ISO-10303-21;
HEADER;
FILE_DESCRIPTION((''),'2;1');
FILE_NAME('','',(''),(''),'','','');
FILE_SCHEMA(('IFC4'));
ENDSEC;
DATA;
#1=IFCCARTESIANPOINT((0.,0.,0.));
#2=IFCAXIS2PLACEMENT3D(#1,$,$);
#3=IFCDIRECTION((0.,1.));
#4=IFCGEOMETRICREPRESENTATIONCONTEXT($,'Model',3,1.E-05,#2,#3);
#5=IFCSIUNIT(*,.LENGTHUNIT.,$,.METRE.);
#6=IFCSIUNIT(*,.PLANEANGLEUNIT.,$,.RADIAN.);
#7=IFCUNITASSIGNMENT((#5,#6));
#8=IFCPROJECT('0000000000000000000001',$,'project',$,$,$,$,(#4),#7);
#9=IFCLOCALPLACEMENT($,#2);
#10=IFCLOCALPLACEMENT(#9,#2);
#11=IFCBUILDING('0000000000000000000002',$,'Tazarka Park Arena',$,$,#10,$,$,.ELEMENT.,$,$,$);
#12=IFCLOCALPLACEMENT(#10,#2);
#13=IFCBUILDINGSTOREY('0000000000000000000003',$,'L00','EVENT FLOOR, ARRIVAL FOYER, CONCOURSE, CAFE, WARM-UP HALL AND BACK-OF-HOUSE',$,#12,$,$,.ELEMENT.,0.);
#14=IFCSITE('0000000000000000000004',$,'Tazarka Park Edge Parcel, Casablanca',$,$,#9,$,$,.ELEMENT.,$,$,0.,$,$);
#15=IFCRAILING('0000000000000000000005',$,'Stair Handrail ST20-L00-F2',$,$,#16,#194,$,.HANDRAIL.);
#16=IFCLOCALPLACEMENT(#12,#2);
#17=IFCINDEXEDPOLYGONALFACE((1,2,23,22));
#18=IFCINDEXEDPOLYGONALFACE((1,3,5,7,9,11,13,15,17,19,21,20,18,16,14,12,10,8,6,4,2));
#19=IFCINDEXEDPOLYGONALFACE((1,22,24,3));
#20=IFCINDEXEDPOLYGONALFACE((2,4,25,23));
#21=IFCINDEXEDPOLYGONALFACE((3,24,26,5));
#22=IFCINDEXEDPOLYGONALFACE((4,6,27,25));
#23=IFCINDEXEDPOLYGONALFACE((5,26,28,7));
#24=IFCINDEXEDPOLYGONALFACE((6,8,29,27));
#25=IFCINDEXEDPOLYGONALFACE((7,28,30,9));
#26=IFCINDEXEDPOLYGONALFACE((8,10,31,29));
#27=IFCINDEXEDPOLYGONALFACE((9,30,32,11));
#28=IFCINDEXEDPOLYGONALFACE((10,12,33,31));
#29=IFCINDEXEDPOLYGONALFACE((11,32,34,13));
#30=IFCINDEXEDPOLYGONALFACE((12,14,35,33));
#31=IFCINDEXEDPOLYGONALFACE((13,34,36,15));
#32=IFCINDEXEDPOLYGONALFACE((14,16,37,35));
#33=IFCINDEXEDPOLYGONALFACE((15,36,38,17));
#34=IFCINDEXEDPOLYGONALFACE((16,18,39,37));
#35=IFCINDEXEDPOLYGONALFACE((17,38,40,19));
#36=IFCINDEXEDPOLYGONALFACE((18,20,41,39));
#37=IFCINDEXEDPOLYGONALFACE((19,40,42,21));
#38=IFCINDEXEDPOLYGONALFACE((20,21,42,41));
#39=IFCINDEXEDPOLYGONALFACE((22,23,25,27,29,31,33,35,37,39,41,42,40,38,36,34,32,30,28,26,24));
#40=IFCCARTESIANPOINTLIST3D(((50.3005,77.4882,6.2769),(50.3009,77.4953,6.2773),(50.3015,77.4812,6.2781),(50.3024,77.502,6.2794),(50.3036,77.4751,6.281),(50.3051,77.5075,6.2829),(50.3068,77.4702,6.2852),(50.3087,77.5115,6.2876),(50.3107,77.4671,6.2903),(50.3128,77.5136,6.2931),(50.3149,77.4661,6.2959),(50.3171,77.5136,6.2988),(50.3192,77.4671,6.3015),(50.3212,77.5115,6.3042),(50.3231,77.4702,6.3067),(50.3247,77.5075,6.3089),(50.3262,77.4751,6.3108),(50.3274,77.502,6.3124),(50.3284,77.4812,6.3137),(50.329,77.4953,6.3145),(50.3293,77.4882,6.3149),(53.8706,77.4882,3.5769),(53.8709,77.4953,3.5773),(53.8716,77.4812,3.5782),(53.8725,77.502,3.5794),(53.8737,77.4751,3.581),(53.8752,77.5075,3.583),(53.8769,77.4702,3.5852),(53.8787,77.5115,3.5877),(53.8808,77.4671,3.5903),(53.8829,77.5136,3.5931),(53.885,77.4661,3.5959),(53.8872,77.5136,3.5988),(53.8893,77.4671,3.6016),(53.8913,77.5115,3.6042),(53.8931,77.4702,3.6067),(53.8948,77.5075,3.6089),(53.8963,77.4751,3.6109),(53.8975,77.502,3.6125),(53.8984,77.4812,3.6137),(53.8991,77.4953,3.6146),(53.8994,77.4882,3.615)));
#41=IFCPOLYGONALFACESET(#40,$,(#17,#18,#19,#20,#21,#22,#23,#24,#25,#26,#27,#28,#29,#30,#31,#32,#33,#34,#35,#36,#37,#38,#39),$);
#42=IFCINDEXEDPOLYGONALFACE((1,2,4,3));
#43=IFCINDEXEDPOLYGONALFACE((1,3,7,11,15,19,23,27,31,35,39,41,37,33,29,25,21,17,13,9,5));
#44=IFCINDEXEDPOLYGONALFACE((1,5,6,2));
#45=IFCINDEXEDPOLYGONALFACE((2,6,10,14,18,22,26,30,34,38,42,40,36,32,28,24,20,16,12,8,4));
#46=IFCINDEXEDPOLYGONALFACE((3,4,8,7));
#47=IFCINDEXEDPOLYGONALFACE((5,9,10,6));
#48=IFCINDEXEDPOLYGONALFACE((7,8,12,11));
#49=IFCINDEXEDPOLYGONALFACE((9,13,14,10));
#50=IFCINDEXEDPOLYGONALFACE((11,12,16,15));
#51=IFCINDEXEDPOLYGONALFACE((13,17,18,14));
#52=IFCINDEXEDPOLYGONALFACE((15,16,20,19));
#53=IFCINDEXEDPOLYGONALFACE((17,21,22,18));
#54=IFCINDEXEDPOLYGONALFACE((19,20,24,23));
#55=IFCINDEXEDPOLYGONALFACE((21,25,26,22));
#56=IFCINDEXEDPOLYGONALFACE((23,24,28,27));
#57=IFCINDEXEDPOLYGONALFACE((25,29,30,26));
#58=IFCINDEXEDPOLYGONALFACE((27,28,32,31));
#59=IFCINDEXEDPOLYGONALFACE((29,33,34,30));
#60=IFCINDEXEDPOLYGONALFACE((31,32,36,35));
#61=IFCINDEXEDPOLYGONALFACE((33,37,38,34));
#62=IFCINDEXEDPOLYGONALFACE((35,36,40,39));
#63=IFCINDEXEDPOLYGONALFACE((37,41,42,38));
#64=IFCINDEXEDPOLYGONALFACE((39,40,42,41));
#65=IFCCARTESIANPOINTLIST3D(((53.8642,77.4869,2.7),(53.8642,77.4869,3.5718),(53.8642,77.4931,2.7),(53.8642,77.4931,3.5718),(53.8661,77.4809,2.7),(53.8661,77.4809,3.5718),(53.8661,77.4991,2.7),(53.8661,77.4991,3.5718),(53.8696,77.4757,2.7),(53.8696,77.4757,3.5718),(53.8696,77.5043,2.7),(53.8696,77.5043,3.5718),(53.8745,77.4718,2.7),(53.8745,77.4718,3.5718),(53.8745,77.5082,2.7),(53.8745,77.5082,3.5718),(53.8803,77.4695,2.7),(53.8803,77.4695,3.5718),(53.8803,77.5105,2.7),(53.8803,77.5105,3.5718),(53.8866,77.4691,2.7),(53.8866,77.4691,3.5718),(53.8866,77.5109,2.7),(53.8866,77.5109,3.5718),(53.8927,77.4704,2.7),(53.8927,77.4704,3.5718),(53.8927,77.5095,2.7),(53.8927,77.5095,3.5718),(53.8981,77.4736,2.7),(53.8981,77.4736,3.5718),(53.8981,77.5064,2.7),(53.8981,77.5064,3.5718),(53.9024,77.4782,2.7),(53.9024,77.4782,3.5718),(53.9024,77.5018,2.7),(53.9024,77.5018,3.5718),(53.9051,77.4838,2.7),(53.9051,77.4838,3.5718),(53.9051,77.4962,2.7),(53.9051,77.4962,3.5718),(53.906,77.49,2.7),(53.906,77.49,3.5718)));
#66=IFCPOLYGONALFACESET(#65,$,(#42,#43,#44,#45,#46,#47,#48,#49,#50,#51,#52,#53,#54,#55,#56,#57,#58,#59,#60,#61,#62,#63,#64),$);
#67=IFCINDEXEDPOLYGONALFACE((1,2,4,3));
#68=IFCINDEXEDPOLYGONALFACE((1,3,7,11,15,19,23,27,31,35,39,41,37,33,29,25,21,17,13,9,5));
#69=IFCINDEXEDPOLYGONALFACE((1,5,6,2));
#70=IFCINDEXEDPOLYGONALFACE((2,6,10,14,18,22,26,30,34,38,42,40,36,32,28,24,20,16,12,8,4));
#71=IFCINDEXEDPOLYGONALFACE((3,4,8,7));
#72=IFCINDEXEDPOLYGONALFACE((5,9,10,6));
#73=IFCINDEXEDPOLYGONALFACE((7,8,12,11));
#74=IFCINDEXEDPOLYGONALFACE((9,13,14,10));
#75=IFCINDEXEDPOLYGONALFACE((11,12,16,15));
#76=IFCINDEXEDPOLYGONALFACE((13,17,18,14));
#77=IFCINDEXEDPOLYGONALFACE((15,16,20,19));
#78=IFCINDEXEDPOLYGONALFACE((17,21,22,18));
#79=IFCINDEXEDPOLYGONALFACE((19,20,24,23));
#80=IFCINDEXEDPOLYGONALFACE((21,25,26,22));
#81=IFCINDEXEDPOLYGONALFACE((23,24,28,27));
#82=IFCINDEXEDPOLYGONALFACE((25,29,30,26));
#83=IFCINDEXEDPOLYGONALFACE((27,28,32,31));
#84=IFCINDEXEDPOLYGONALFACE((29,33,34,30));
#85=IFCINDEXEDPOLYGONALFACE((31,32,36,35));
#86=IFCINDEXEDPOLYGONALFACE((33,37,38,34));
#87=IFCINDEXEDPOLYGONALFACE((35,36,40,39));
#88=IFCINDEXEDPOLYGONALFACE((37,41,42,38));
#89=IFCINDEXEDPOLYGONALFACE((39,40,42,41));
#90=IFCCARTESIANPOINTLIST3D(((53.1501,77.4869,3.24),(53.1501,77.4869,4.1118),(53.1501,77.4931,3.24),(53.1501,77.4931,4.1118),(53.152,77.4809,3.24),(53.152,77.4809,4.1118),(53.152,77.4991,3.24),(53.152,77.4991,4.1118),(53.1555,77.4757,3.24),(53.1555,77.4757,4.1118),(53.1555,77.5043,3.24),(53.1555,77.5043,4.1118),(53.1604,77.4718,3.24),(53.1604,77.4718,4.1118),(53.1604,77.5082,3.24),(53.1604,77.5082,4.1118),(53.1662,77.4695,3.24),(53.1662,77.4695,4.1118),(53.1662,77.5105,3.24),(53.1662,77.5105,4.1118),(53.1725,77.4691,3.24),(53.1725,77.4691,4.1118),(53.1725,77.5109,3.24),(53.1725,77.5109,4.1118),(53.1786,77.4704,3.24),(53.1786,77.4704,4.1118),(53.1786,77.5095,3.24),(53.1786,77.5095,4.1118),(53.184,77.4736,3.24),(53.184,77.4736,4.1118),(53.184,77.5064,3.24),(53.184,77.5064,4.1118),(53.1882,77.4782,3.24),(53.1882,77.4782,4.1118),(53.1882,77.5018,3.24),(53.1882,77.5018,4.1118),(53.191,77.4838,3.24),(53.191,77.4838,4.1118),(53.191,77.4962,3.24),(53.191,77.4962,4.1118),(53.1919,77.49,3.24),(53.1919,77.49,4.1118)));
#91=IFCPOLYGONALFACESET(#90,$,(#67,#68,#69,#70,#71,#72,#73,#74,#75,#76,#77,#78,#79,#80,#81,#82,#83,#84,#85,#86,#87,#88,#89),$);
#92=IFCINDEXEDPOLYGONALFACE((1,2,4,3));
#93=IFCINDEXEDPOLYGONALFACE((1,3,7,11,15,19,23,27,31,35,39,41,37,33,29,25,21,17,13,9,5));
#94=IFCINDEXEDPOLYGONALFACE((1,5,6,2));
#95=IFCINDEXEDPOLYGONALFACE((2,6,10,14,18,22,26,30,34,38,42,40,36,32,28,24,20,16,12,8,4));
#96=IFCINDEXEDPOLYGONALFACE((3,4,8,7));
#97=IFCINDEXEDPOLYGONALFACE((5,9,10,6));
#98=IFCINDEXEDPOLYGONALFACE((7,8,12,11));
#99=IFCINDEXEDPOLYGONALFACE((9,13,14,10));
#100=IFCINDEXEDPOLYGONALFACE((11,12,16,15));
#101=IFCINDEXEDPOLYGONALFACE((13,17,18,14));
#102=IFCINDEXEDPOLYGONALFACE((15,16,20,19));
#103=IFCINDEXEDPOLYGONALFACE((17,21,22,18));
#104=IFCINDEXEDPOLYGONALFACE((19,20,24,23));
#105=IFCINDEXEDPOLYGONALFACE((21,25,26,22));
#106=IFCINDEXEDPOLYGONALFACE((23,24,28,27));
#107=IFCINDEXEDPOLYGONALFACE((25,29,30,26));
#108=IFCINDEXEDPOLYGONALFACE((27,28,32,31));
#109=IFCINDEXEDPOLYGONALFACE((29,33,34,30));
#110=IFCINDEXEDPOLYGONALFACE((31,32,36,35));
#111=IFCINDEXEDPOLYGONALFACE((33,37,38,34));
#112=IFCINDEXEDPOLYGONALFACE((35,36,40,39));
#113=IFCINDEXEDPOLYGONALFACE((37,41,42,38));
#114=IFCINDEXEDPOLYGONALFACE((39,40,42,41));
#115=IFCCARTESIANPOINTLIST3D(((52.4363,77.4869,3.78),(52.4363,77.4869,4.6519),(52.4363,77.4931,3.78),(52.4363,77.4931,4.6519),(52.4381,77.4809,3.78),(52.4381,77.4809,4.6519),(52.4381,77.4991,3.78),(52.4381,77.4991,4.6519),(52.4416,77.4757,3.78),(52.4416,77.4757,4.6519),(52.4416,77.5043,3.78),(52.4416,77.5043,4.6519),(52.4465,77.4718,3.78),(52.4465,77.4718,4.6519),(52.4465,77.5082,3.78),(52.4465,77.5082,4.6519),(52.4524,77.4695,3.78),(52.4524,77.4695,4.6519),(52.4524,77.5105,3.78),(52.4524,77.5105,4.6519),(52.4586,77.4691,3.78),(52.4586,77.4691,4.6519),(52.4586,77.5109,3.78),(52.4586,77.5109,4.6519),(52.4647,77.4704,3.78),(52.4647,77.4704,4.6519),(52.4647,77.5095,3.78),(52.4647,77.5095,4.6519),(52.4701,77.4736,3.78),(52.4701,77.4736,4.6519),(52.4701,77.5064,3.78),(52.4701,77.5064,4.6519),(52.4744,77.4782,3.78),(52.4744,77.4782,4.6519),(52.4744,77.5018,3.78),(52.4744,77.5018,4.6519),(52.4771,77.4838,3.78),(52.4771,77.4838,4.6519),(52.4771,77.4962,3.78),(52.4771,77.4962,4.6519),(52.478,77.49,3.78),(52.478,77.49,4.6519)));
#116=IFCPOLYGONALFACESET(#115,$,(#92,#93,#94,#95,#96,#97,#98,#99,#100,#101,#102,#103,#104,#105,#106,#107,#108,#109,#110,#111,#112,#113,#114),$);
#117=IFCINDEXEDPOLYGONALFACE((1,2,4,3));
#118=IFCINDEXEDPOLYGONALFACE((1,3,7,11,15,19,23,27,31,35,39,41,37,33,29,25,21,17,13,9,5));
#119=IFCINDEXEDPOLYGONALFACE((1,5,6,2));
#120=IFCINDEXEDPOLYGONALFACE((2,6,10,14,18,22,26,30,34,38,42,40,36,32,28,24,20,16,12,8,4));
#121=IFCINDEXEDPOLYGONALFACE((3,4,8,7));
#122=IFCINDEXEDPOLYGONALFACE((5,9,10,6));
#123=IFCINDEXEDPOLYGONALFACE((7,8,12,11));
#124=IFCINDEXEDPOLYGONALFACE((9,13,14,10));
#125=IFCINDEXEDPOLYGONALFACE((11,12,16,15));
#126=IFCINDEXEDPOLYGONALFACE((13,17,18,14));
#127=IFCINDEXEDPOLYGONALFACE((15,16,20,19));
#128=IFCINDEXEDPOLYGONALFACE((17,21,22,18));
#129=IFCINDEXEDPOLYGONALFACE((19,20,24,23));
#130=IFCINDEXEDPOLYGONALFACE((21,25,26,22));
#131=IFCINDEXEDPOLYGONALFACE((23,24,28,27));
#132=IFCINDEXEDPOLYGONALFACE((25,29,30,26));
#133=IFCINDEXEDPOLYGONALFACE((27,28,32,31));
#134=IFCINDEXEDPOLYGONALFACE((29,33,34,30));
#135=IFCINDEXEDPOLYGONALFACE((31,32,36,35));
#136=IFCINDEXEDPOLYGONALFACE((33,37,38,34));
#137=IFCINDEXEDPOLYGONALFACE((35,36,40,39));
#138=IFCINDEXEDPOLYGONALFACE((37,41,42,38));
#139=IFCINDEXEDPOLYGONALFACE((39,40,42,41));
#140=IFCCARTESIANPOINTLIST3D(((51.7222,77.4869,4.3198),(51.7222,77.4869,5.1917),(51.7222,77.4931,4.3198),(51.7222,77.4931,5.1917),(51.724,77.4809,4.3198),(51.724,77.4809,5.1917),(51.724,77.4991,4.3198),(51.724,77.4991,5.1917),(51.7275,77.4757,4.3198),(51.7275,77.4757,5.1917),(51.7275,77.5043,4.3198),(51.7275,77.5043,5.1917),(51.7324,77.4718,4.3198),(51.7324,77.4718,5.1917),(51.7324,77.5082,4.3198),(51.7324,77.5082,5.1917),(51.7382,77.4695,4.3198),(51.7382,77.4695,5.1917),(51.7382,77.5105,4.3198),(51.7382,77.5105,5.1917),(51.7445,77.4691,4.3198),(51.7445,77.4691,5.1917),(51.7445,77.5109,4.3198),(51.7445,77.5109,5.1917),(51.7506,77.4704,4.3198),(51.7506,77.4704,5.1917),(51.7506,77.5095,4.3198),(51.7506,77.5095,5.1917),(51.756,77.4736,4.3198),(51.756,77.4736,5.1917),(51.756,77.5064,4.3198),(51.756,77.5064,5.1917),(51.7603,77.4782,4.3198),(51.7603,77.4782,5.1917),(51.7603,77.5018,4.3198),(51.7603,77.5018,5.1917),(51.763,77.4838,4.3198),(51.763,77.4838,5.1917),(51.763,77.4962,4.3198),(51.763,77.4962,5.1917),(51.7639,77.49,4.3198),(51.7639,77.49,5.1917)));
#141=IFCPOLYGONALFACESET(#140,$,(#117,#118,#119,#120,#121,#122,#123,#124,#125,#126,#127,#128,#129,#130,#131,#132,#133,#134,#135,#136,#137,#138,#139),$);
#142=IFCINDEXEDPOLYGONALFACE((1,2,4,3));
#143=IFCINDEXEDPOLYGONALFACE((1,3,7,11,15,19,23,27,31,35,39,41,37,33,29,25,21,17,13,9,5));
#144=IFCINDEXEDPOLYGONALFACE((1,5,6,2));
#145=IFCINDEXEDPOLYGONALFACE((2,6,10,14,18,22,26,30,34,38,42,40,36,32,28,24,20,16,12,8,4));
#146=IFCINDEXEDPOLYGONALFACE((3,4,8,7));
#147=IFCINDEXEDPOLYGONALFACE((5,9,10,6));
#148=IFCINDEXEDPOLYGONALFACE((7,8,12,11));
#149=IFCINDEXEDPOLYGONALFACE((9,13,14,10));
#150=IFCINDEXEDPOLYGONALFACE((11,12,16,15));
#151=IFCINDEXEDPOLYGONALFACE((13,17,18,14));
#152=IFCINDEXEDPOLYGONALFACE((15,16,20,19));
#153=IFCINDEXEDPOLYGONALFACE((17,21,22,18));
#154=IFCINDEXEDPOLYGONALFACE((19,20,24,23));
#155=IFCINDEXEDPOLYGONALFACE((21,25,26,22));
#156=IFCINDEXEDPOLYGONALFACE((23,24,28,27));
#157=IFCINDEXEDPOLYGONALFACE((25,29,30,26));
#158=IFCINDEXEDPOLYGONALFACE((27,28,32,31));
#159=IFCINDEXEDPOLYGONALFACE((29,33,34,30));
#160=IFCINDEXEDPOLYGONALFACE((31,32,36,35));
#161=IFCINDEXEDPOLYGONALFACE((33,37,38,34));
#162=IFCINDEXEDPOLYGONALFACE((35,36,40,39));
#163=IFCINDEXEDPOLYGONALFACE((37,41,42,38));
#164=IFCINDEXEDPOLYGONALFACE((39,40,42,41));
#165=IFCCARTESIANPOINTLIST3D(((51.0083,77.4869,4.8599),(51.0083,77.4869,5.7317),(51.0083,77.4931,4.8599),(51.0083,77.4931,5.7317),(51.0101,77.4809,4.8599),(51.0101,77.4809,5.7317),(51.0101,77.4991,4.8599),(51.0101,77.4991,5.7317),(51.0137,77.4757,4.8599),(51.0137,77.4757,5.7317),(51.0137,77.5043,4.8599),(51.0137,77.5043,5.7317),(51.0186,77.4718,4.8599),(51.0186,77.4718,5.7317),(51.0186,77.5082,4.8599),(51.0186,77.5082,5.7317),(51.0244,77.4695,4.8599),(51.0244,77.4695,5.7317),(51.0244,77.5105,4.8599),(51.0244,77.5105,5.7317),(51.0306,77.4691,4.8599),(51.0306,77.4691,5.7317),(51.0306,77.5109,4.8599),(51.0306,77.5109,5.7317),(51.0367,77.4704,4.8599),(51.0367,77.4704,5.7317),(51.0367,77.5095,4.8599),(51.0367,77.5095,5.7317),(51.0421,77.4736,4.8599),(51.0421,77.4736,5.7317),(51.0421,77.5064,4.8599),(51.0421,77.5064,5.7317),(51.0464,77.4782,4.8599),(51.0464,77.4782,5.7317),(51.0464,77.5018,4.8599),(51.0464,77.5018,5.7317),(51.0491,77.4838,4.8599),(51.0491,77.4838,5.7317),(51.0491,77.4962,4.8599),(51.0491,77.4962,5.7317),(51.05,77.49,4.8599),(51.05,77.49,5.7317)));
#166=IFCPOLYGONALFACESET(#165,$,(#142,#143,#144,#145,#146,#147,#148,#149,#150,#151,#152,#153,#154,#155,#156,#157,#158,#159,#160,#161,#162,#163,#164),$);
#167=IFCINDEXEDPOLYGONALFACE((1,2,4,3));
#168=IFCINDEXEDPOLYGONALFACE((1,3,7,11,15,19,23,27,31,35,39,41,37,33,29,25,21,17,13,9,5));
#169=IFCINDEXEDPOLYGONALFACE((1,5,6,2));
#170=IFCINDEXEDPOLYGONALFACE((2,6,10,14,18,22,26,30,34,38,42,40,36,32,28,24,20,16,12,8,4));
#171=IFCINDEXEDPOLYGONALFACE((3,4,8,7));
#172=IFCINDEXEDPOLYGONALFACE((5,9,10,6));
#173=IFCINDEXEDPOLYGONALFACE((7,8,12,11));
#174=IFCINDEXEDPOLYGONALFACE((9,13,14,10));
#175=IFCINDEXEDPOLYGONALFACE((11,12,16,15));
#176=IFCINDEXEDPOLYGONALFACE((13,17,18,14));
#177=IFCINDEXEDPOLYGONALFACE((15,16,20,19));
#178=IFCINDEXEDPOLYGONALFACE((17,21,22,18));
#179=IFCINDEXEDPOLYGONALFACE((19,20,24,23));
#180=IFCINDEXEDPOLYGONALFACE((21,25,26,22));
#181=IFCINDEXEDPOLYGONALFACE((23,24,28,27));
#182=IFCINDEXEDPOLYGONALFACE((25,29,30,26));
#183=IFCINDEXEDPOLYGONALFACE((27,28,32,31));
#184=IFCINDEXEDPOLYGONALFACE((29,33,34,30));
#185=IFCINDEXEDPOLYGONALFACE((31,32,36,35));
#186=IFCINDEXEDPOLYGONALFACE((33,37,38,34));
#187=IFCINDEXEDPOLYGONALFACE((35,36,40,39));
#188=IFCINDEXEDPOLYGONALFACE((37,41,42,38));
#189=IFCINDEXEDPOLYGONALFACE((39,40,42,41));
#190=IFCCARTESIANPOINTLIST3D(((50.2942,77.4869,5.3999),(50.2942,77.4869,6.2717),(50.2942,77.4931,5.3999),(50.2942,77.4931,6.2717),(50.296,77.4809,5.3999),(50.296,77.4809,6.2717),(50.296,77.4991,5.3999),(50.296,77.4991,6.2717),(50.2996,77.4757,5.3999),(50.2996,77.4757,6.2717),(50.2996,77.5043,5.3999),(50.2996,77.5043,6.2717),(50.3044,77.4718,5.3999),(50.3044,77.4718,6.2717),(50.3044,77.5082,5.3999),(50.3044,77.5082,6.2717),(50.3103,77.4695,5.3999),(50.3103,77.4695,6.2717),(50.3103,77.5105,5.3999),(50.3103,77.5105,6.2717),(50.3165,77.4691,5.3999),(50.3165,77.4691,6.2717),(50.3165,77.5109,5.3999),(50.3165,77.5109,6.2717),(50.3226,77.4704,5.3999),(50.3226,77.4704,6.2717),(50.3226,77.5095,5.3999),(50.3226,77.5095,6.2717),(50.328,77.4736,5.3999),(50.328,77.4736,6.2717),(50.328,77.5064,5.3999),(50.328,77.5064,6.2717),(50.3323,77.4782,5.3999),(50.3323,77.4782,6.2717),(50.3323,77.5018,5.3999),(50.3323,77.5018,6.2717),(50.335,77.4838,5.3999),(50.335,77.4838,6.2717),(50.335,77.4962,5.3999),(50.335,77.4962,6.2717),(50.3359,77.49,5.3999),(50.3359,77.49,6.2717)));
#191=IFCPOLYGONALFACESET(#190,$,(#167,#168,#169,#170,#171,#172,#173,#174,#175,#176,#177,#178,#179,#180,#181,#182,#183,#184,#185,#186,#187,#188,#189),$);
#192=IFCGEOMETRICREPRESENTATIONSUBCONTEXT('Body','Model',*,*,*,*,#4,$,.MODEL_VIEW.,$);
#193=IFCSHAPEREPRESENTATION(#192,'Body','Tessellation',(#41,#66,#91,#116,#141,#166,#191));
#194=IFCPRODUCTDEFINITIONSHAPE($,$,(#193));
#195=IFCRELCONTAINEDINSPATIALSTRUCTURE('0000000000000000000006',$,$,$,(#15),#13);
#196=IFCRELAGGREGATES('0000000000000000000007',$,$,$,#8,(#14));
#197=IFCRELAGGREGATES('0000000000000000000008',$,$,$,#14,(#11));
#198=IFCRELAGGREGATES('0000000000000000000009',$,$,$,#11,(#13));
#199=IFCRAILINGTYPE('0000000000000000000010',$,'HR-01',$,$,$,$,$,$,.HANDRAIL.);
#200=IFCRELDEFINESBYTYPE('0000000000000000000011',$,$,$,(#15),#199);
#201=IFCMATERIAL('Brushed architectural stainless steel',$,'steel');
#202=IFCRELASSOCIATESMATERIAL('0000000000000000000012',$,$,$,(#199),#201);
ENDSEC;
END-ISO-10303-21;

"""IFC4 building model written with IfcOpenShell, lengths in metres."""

from ifc_helpers import new_model, si_unit, direction, frame, origin, origin_2d, place, context, subcontext, project, spatial, circle, extrude, material, type_object, element, save


model = new_model("IFC4")

# Units and contexts
model_context = context("Model", 3, precision=1e-05, world=origin(), true_north=direction((0.0, 1.0)))
body_context = subcontext(model_context, "Body", "Model", "MODEL_VIEW")
ifc_project = project(units=[si_unit("LENGTHUNIT", "METRE"), si_unit("PLANEANGLEUNIT", "RADIAN")], contexts=[model_context])

# Site, building, storey
site_placement = place(None, origin())
site = spatial("IfcSite", under=ifc_project, at=site_placement, Name="Tazarka Park Edge Parcel, Casablanca", CompositionType="ELEMENT", RefElevation=0.0)
building_placement = place(site_placement, origin())
building = spatial("IfcBuilding", under=site, at=building_placement, Name="Tazarka Park Arena", CompositionType="ELEMENT")
storey_placement = place(building_placement, origin())
storey = spatial("IfcBuildingStorey", under=building, at=storey_placement, Name="L00", Description="EVENT FLOOR, ARRIVAL FOYER, CONCOURSE, CAFE, WARM-UP HALL AND BACK-OF-HOUSE", CompositionType="ELEMENT", Elevation=0.0)

# Railing
ifc_material_1 = material(Name="Brushed architectural stainless steel", Category="steel")
railing_type_1 = type_object("IfcRailingType", Name="HR-01", PredefinedType="HANDRAIL", material=ifc_material_1)
railing_1_placement = place(storey_placement, frame((53.885, 77.49, 2.7)))
element("IfcRailing", 1, at=railing_1_placement, inside=storey, type_object=railing_type_1, Name="Stair Handrail ST20-L00-F2", PredefinedType="HANDRAIL", context=body_context, shape_type="SweptSolid", body=[
    extrude(circle(Radius=0.0239, at=origin_2d()), frame((0.0, 0.0, 0.896), z_axis=(-0.797591, 0.0, 0.603198), x_axis=(0.0, -1.0, 0.0)), (0.0, 0.0, 1.0), 4.4761),
    extrude(circle(Radius=0.021, at=origin_2d()), origin(), (0.0, 0.0, 1.0), 0.8718),
    extrude(circle(Radius=0.021, at=origin_2d()), frame((-0.7141, 0.0, 0.54)), (0.0, 0.0, 1.0), 0.8718),
    extrude(circle(Radius=0.021, at=origin_2d()), frame((-1.428, 0.0, 1.0801)), (0.0, 0.0, 1.0), 0.8718),
    extrude(circle(Radius=0.021, at=origin_2d()), frame((-2.1421, 0.0, 1.6199)), (0.0, 0.0, 1.0), 0.8718),
    extrude(circle(Radius=0.021, at=origin_2d()), frame((-2.856, 0.0, 2.1599)), (0.0, 0.0, 1.0), 0.8718),
    extrude(circle(Radius=0.021, at=origin_2d()), frame((-3.5701, 0.0, 2.7)), (0.0, 0.0, 1.0), 0.8718),
])

save(model, "model.ifc")
